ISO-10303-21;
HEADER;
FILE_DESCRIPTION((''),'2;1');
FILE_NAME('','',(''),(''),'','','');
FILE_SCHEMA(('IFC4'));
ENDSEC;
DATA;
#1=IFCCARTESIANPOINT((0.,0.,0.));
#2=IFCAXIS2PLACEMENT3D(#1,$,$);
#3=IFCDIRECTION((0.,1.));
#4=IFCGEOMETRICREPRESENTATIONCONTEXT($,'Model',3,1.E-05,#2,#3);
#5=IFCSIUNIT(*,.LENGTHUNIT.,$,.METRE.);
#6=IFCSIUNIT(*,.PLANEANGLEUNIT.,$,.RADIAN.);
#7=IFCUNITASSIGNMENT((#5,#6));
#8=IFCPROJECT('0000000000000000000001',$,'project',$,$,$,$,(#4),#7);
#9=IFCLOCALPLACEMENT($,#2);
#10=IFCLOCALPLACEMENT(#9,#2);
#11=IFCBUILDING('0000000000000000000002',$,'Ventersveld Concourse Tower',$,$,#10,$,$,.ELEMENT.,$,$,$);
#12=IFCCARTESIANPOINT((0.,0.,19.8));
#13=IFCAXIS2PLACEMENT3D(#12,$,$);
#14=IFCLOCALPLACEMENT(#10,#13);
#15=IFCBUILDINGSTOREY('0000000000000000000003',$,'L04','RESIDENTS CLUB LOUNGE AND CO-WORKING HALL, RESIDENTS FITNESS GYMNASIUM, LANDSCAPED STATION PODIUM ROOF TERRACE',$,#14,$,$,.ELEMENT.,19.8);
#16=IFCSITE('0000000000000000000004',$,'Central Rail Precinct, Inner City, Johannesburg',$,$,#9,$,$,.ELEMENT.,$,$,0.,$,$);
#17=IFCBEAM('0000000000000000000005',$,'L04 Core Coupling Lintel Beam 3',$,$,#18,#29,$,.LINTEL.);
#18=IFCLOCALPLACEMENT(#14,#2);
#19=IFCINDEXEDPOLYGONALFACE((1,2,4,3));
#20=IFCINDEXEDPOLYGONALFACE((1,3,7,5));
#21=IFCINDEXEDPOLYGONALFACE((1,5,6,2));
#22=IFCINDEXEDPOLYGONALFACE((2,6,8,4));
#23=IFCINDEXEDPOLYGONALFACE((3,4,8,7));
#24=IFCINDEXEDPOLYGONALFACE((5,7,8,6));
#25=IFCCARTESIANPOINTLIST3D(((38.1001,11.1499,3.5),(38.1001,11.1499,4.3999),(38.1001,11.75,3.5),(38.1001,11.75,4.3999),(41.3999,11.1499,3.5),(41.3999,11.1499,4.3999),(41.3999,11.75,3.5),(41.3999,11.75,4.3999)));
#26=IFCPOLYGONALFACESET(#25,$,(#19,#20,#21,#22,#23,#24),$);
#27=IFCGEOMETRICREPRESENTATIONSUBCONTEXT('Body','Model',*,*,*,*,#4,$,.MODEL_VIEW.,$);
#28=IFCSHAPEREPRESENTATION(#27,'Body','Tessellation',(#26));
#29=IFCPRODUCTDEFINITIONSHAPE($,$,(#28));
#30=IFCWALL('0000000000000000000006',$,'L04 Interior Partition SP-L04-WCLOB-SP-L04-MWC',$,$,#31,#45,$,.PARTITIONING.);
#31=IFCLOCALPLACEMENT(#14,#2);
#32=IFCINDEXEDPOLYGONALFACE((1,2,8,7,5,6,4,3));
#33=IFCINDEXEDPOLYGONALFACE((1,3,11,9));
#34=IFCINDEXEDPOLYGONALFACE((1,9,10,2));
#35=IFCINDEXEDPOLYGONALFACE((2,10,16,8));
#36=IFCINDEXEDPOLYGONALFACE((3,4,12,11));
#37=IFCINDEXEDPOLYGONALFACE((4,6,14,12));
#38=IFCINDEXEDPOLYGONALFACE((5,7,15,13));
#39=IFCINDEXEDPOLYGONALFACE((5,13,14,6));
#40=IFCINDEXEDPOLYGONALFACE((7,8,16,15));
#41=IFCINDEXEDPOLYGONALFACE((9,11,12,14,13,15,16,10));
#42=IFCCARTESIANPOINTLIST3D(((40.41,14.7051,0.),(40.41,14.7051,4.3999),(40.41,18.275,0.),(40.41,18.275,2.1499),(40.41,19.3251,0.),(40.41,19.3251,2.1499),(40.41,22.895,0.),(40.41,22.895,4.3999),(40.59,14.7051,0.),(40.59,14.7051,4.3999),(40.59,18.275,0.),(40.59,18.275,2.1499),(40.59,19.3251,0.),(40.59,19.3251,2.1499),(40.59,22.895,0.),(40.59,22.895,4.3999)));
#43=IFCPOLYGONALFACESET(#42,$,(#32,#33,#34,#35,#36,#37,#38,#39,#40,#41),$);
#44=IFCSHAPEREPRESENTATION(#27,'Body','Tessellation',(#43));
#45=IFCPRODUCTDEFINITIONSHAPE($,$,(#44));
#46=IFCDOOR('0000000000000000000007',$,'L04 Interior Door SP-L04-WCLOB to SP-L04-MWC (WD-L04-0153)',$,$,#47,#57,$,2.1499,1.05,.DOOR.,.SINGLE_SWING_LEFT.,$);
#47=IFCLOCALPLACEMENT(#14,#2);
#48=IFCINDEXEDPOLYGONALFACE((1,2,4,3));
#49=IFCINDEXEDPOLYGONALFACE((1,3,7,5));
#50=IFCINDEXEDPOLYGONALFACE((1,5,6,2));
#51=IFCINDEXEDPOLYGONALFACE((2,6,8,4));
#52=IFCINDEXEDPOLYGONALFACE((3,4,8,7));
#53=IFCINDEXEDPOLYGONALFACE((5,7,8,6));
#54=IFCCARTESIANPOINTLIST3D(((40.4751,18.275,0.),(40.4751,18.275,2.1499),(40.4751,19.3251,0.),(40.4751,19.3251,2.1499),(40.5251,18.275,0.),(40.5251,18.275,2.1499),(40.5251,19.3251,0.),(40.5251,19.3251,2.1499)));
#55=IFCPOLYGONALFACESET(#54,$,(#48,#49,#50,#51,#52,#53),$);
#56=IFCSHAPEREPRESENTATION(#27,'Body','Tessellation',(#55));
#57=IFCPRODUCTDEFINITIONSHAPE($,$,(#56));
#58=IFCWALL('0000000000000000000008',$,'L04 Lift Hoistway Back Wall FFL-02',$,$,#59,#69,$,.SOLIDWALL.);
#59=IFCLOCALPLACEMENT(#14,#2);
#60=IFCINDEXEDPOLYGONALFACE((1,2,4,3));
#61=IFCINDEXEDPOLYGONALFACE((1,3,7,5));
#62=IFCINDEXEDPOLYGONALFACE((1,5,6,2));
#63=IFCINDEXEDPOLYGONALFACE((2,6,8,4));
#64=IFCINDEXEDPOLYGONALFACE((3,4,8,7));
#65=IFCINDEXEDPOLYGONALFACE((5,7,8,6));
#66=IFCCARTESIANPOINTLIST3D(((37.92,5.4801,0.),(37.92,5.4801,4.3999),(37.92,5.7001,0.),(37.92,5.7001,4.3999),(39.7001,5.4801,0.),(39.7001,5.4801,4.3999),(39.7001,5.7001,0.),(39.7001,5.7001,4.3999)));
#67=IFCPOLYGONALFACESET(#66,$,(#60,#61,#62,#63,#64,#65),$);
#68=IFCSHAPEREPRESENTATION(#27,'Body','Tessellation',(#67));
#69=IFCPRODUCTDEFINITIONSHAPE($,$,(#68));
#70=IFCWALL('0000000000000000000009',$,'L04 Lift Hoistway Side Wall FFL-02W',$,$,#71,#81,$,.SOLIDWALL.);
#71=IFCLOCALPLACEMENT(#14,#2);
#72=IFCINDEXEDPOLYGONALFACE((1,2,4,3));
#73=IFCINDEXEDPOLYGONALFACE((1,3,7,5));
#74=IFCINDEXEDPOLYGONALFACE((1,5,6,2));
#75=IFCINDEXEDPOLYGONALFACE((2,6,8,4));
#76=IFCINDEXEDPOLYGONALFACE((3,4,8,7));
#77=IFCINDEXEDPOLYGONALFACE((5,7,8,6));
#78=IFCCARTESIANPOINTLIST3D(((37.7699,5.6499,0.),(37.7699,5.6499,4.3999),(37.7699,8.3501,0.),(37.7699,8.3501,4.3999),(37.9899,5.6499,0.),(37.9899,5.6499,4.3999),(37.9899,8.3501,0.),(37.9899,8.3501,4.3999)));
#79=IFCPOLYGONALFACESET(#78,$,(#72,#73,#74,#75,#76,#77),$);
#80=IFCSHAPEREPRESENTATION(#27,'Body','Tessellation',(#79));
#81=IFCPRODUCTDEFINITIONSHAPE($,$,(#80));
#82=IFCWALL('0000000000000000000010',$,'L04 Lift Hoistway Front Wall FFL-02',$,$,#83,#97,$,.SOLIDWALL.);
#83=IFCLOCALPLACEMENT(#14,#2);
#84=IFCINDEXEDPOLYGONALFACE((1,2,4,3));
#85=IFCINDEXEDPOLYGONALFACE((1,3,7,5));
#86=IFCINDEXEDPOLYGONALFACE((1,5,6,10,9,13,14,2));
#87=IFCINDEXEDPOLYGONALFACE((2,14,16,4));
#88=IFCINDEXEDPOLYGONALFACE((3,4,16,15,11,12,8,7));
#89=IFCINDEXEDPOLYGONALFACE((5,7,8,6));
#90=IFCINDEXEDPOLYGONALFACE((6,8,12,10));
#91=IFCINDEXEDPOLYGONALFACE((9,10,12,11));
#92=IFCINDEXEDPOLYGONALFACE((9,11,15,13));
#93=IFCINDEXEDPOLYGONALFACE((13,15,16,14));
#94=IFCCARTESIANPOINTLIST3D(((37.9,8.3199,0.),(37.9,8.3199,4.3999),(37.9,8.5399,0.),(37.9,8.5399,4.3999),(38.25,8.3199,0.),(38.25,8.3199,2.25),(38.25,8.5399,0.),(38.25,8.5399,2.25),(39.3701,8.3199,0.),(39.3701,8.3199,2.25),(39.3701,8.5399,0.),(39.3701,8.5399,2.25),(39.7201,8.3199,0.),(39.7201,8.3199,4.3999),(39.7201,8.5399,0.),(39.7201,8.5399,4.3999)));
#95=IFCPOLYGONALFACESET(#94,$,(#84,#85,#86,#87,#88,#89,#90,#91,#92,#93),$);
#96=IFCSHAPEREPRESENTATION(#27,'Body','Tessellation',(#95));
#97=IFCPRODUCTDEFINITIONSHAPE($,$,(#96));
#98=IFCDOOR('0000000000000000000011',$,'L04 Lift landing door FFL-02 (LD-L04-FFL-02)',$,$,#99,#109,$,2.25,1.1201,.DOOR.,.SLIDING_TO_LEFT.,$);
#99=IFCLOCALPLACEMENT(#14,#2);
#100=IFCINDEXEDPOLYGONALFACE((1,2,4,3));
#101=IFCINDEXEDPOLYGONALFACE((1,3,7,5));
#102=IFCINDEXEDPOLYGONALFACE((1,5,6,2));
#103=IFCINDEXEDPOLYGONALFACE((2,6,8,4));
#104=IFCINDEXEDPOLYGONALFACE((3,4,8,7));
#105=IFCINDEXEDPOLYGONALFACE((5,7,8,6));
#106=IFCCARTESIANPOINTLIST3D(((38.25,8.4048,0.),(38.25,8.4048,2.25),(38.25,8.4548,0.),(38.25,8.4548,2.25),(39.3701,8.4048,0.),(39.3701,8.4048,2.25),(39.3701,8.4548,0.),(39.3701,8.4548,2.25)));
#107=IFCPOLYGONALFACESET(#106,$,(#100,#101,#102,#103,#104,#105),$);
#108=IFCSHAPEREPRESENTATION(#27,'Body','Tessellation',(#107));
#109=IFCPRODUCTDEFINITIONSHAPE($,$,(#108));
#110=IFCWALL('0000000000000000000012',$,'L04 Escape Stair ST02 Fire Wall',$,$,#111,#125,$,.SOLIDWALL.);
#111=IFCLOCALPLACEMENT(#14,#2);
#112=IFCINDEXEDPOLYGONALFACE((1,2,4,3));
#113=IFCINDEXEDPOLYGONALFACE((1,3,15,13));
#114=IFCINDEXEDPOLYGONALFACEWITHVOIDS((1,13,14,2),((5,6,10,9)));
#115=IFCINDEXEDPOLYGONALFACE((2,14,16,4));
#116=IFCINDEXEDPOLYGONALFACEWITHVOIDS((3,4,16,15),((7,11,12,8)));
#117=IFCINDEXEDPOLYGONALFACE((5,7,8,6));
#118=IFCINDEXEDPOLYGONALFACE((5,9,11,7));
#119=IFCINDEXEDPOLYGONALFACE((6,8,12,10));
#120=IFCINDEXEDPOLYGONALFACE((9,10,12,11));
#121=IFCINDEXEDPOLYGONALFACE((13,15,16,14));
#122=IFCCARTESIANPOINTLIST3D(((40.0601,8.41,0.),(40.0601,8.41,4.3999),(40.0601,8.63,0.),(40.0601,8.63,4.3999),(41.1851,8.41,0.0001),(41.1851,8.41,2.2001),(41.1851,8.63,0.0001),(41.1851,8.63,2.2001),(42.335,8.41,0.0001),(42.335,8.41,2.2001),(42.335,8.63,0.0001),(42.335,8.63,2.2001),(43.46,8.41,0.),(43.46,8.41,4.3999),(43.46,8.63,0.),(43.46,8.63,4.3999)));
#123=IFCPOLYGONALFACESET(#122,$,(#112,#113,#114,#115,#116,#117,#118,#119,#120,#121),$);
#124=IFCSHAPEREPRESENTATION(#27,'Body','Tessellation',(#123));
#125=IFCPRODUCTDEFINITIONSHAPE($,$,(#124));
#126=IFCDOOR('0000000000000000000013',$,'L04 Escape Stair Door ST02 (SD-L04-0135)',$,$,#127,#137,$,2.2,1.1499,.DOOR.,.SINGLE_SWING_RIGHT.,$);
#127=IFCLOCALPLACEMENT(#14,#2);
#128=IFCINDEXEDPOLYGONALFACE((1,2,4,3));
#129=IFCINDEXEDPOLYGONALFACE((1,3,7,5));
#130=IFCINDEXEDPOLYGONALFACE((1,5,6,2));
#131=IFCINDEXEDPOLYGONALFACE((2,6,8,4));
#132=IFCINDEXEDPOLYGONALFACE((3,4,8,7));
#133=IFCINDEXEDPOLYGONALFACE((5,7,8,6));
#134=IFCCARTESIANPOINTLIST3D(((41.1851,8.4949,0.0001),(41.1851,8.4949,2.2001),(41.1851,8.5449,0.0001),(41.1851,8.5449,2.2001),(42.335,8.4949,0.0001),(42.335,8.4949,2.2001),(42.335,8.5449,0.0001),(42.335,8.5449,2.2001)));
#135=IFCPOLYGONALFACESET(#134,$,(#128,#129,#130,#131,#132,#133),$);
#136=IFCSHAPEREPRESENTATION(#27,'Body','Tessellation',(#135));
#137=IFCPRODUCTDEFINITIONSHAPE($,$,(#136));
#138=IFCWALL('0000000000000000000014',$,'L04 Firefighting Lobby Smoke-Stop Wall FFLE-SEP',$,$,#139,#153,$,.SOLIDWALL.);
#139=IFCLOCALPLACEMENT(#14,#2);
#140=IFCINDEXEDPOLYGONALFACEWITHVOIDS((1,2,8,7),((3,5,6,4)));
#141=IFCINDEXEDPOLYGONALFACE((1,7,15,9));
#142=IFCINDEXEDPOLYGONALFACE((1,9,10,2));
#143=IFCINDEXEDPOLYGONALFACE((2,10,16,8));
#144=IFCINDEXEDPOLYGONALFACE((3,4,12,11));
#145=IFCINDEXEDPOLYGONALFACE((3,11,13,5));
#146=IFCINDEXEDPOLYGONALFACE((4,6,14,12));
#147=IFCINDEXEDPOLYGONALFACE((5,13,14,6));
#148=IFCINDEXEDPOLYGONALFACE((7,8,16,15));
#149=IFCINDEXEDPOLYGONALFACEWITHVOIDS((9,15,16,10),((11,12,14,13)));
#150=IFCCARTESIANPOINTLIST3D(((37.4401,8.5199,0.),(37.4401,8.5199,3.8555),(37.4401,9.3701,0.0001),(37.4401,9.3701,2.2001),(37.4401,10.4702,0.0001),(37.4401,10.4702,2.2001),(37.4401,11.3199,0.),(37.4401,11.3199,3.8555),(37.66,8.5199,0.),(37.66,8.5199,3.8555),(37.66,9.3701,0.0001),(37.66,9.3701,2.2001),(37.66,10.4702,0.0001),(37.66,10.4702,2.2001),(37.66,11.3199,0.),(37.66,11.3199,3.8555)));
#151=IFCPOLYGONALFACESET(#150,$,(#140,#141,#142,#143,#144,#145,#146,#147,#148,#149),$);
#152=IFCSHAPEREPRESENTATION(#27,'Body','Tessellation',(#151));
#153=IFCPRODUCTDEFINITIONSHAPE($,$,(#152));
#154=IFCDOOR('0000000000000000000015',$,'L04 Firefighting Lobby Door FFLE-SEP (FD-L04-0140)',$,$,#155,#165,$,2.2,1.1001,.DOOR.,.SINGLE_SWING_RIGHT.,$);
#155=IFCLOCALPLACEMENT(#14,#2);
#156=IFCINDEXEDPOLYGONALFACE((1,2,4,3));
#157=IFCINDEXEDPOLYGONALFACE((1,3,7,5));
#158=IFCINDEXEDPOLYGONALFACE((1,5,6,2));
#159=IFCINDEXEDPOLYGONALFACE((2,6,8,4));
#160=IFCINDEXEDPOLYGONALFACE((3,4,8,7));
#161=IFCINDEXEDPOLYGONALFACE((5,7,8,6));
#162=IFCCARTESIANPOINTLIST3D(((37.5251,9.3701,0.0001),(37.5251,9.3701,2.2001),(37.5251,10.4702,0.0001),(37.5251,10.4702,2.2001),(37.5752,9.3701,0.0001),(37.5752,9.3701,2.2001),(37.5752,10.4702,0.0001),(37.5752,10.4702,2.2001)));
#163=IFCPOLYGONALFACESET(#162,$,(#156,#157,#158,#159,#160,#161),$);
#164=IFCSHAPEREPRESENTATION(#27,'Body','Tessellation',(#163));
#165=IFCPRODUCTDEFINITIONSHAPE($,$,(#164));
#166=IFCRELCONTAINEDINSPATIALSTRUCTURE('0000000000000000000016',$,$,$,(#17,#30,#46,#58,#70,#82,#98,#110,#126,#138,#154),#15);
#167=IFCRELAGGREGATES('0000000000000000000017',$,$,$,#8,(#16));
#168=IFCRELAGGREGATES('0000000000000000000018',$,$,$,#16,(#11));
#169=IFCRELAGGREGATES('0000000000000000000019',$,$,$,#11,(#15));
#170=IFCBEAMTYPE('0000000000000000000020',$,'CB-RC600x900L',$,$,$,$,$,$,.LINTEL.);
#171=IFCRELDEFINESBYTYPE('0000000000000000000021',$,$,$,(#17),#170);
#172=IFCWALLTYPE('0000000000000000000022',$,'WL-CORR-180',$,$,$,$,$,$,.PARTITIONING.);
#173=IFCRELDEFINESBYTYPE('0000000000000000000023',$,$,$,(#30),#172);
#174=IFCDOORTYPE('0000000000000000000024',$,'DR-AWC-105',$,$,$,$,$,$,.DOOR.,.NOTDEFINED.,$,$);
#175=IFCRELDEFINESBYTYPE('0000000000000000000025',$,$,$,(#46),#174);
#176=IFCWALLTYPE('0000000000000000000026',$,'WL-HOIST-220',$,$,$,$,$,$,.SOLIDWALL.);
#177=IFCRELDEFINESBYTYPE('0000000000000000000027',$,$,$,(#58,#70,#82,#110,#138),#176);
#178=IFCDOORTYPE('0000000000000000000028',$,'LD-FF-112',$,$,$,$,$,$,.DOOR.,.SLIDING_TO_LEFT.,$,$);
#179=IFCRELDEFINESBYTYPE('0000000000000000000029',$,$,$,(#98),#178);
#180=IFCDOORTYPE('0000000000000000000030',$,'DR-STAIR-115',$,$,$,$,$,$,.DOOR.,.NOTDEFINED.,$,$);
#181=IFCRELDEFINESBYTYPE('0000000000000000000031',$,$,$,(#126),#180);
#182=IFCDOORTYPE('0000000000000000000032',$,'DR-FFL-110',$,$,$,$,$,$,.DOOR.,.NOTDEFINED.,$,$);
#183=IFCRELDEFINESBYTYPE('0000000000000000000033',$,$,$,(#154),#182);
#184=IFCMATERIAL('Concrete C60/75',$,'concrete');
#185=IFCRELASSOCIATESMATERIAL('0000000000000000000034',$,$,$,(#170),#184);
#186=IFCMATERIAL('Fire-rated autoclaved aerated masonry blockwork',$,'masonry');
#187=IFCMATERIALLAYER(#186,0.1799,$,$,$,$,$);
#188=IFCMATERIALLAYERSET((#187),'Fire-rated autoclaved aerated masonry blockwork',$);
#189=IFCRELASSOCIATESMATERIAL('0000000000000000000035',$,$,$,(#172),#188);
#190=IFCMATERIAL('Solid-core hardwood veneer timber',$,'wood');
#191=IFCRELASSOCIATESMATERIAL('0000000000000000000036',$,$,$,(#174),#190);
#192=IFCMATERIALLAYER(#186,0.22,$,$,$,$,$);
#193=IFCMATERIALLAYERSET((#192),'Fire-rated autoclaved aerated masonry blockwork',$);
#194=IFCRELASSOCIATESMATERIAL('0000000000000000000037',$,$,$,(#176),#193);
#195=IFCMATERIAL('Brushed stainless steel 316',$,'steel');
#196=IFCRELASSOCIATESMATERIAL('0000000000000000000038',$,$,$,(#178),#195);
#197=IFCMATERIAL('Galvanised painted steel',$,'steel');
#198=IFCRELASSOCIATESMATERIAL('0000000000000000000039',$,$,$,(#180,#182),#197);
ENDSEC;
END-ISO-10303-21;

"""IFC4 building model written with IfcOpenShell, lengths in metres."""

from ifc_helpers import new_model, si_unit, direction, frame, frame_2d, origin, origin_2d, place, context, subcontext, project, spatial, rectangle, extrude, material, layer, layer_set, material_profile, profile_set, type_object, element, fill, save


model = new_model("IFC4")

# Units and contexts
model_context = context("Model", 3, precision=1e-05, world=origin(), true_north=direction((0.0, 1.0)))
body_context = subcontext(model_context, "Body", "Model", "MODEL_VIEW")
ifc_project = project(units=[si_unit("LENGTHUNIT", "METRE"), si_unit("PLANEANGLEUNIT", "RADIAN")], contexts=[model_context])

# Site, building, storey
site_placement = place(None, origin())
site = spatial("IfcSite", under=ifc_project, at=site_placement, Name="Central Rail Precinct, Inner City, Johannesburg", CompositionType="ELEMENT", RefElevation=0.0)
building_placement = place(site_placement, origin())
building = spatial("IfcBuilding", under=site, at=building_placement, Name="Ventersveld Concourse Tower", CompositionType="ELEMENT")
storey_placement = place(building_placement, frame((0.0, 0.0, 19.8)))
storey = spatial("IfcBuildingStorey", under=building, at=storey_placement, Name="L04", Description="RESIDENTS CLUB LOUNGE AND CO-WORKING HALL, RESIDENTS FITNESS GYMNASIUM, LANDSCAPED STATION PODIUM ROOF TERRACE", CompositionType="ELEMENT", Elevation=19.8)

# Beam
ifc_material_1 = material(Name="Concrete C60/75", Category="concrete")
ifc_material_profile = material_profile(ifc_material_1, rectangle(XDim=0.6001, YDim=0.8999, at=origin_2d()), Name="RC 600x900")
ifc_profile_set = profile_set([ifc_material_profile], Name="Concrete C60/75")
beam_type = type_object("IfcBeamType", Name="CB-RC600x900L", PredefinedType="LINTEL", material=ifc_profile_set)
beam_placement = place(storey_placement, frame((38.1001, 11.45, 3.95), z_axis=(1.0, 0.0, 0.0), x_axis=(0.0, 1.0, 0.0)))
element("IfcBeam", 1, at=beam_placement, inside=storey, type_object=beam_type, Name="L04 Core Coupling Lintel Beam 3", PredefinedType="LINTEL", context=body_context, shape_type="SweptSolid", body=[
    extrude(rectangle(XDim=0.6001, YDim=0.8999, at=origin_2d()), origin(), (0.0, 0.0, 1.0), 3.2998),
])

# Wall, opening, door
ifc_material_2 = material(Name="Fire-rated autoclaved aerated masonry blockwork", Category="masonry")
ifc_layer_1 = layer(ifc_material_2, 0.1799)
ifc_layer_set_1 = layer_set([ifc_layer_1], Name="Fire-rated autoclaved aerated masonry blockwork")
wall_type_1 = type_object("IfcWallType", Name="WL-CORR-180", PredefinedType="PARTITIONING", material=ifc_layer_set_1)
ifc_material_3 = material(Name="Solid-core hardwood veneer timber", Category="wood")
door_type_1 = type_object("IfcDoorType", Name="DR-AWC-105", OperationType="NOTDEFINED", PredefinedType="DOOR", material=ifc_material_3)
wall_1_placement = place(storey_placement, frame((40.5, 14.7051, 0.0), z_axis=(0.0, 0.0, 1.0), x_axis=(0.0, 1.0, 0.0)))
wall_1 = element("IfcWall", 2, at=wall_1_placement, inside=storey, type_object=wall_type_1, Name="L04 Interior Partition SP-L04-WCLOB-SP-L04-MWC", PredefinedType="PARTITIONING", context=body_context, shape_type="SweptSolid", body=[
    extrude(rectangle(XDim=8.1899, YDim=0.1799, at=frame_2d((4.095, 0.0))), origin(), (0.0, 0.0, 1.0), 4.3999),
])
opening_1_placement = place(wall_1_placement, frame((3.5701, 0.0, 0.0)))
opening_1 = element("IfcOpeningElement", 3, at=opening_1_placement, cuts=wall_1, PredefinedType="OPENING", context=body_context, shape_type="SweptSolid", body=[
    extrude(rectangle(XDim=1.05, YDim=2.1499, at=frame_2d((0.5249, 1.075))), frame((0.0, 0.1001, 0.0), z_axis=(0.0, -1.0, 0.0), x_axis=(1.0, 0.0, 0.0)), (0.0, 0.0, 1.0), 0.2),
])
door_1_placement = place(opening_1_placement, origin())
door_1 = element("IfcDoor", 4, at=door_1_placement, inside=storey, type_object=door_type_1, Name="L04 Interior Door SP-L04-WCLOB to SP-L04-MWC (WD-L04-0153)", OperationType="SINGLE_SWING_LEFT", OverallHeight=2.1499, OverallWidth=1.05, PredefinedType="DOOR", context=body_context, shape_type="SweptSolid", body=[
    extrude(rectangle(XDim=1.05, YDim=2.1499, at=frame_2d((0.5249, 1.075))), frame((0.0, 0.0249, 0.0), z_axis=(0.0, -1.0, 0.0), x_axis=(1.0, 0.0, 0.0)), (0.0, 0.0, 1.0), 0.05),
])
fill(opening_1, door_1)

# Walls
ifc_layer_2 = layer(ifc_material_2, 0.22)
ifc_layer_set_2 = layer_set([ifc_layer_2], Name="Fire-rated autoclaved aerated masonry blockwork")
wall_type_2 = type_object("IfcWallType", Name="WL-HOIST-220", PredefinedType="SOLIDWALL", material=ifc_layer_set_2)
wall_2_placement = place(storey_placement, frame((37.9199, 5.5901, 0.0), z_axis=(0.0, 0.0, 1.0), x_axis=(1.0, 0.0, 0.0)))
element("IfcWall", 5, at=wall_2_placement, inside=storey, type_object=wall_type_2, Name="L04 Lift Hoistway Back Wall FFL-02", PredefinedType="SOLIDWALL", context=body_context, shape_type="SweptSolid", body=[
    extrude(rectangle(XDim=1.78, YDim=0.22, at=frame_2d((0.8901, 0.0))), origin(), (0.0, 0.0, 1.0), 4.3999),
])
wall_3_placement = place(storey_placement, frame((37.8799, 5.6499, 0.0), z_axis=(0.0, 0.0, 1.0), x_axis=(0.0, 1.0, 0.0)))
element("IfcWall", 6, at=wall_3_placement, inside=storey, type_object=wall_type_2, Name="L04 Lift Hoistway Side Wall FFL-02W", PredefinedType="SOLIDWALL", context=body_context, shape_type="SweptSolid", body=[
    extrude(rectangle(XDim=2.7002, YDim=0.22, at=frame_2d((1.3501, 0.0))), origin(), (0.0, 0.0, 1.0), 4.3999),
])

# Walls, openings, doors
wall_4_placement = place(storey_placement, frame((37.8999, 8.4299, 0.0), z_axis=(0.0, 0.0, 1.0), x_axis=(1.0, 0.0, 0.0)))
wall_4 = element("IfcWall", 7, at=wall_4_placement, inside=storey, type_object=wall_type_2, Name="L04 Lift Hoistway Front Wall FFL-02", PredefinedType="SOLIDWALL", context=body_context, shape_type="SweptSolid", body=[
    extrude(rectangle(XDim=1.8201, YDim=0.22, at=frame_2d((0.9102, 0.0))), origin(), (0.0, 0.0, 1.0), 4.3999),
])
opening_2_placement = place(wall_4_placement, frame((0.3501, 0.0, 0.0)))
opening_2 = element("IfcOpeningElement", 8, at=opening_2_placement, cuts=wall_4, PredefinedType="OPENING", context=body_context, shape_type="SweptSolid", body=[
    extrude(rectangle(XDim=1.1201, YDim=2.25, at=frame_2d((0.5601, 1.125))), frame((0.0, 0.1201, 0.0), z_axis=(0.0, -1.0, 0.0), x_axis=(1.0, 0.0, 0.0)), (0.0, 0.0, 1.0), 0.24),
])
ifc_material_4 = material(Name="Brushed stainless steel 316", Category="steel")
door_type_2 = type_object("IfcDoorType", Name="LD-FF-112", OperationType="SLIDING_TO_LEFT", PredefinedType="DOOR", material=ifc_material_4)
door_2_placement = place(opening_2_placement, origin())
door_2 = element("IfcDoor", 9, at=door_2_placement, inside=storey, type_object=door_type_2, Name="L04 Lift landing door FFL-02 (LD-L04-FFL-02)", OperationType="SLIDING_TO_LEFT", OverallHeight=2.25, OverallWidth=1.1201, PredefinedType="DOOR", context=body_context, shape_type="SweptSolid", body=[
    extrude(rectangle(XDim=1.1201, YDim=2.25, at=frame_2d((0.5601, 1.125))), frame((0.0, 0.0249, 0.0), z_axis=(0.0, -1.0, 0.0), x_axis=(1.0, 0.0, 0.0)), (0.0, 0.0, 1.0), 0.05),
])
fill(opening_2, door_2)
wall_5_placement = place(storey_placement, frame((40.0601, 8.52, 0.0), z_axis=(0.0, 0.0, 1.0), x_axis=(1.0, 0.0, 0.0)))
wall_5 = element("IfcWall", 10, at=wall_5_placement, inside=storey, type_object=wall_type_2, Name="L04 Escape Stair ST02 Fire Wall", PredefinedType="SOLIDWALL", context=body_context, shape_type="SweptSolid", body=[
    extrude(rectangle(XDim=3.3999, YDim=0.22, at=frame_2d((1.7, 0.0))), origin(), (0.0, 0.0, 1.0), 4.3999),
])
opening_3_placement = place(wall_5_placement, frame((1.125, 0.0, 0.0)))
opening_3 = element("IfcOpeningElement", 11, at=opening_3_placement, cuts=wall_5, PredefinedType="OPENING", context=body_context, shape_type="SweptSolid", body=[
    extrude(rectangle(XDim=1.1499, YDim=2.2, at=frame_2d((0.575, 1.1001))), frame((0.0, 0.1201, 0.0), z_axis=(0.0, -1.0, 0.0), x_axis=(1.0, 0.0, 0.0)), (0.0, 0.0, 1.0), 0.24),
])
ifc_material_5 = material(Name="Galvanised painted steel", Category="steel")
door_type_3 = type_object("IfcDoorType", Name="DR-STAIR-115", OperationType="NOTDEFINED", PredefinedType="DOOR", material=ifc_material_5)
door_3_placement = place(opening_3_placement, origin())
door_3 = element("IfcDoor", 12, at=door_3_placement, inside=storey, type_object=door_type_3, Name="L04 Escape Stair Door ST02 (SD-L04-0135)", OperationType="SINGLE_SWING_RIGHT", OverallHeight=2.2, OverallWidth=1.1499, PredefinedType="DOOR", context=body_context, shape_type="SweptSolid", body=[
    extrude(rectangle(XDim=1.1499, YDim=2.2, at=frame_2d((0.575, 1.1001))), frame((0.0, 0.0249, 0.0), z_axis=(0.0, -1.0, 0.0), x_axis=(1.0, 0.0, 0.0)), (0.0, 0.0, 1.0), 0.05),
])
fill(opening_3, door_3)
wall_6_placement = place(storey_placement, frame((37.55, 8.52, 0.0), z_axis=(0.0, 0.0, 1.0), x_axis=(0.0, 1.0, 0.0)))
wall_6 = element("IfcWall", 13, at=wall_6_placement, inside=storey, type_object=wall_type_2, Name="L04 Firefighting Lobby Smoke-Stop Wall FFLE-SEP", PredefinedType="SOLIDWALL", context=body_context, shape_type="SweptSolid", body=[
    extrude(rectangle(XDim=2.8, YDim=0.22, at=frame_2d((1.3999, 0.0))), origin(), (0.0, 0.0, 1.0), 3.8555),
])
opening_4_placement = place(wall_6_placement, frame((0.8501, 0.0, 0.0)))
opening_4 = element("IfcOpeningElement", 14, at=opening_4_placement, cuts=wall_6, PredefinedType="OPENING", context=body_context, shape_type="SweptSolid", body=[
    extrude(rectangle(XDim=1.1001, YDim=2.2, at=frame_2d((0.55, 1.1001))), frame((0.0, 0.1201, 0.0), z_axis=(0.0, -1.0, 0.0), x_axis=(1.0, 0.0, 0.0)), (0.0, 0.0, 1.0), 0.24),
])
door_type_4 = type_object("IfcDoorType", Name="DR-FFL-110", OperationType="NOTDEFINED", PredefinedType="DOOR", material=ifc_material_5)
door_4_placement = place(opening_4_placement, origin())
door_4 = element("IfcDoor", 15, at=door_4_placement, inside=storey, type_object=door_type_4, Name="L04 Firefighting Lobby Door FFLE-SEP (FD-L04-0140)", OperationType="SINGLE_SWING_RIGHT", OverallHeight=2.2, OverallWidth=1.1001, PredefinedType="DOOR", context=body_context, shape_type="SweptSolid", body=[
    extrude(rectangle(XDim=1.1001, YDim=2.2, at=frame_2d((0.55, 1.1001))), frame((0.0, 0.0249, 0.0), z_axis=(0.0, -1.0, 0.0), x_axis=(1.0, 0.0, 0.0)), (0.0, 0.0, 1.0), 0.05),
])
fill(opening_4, door_4)

save(model, "model.ifc")
